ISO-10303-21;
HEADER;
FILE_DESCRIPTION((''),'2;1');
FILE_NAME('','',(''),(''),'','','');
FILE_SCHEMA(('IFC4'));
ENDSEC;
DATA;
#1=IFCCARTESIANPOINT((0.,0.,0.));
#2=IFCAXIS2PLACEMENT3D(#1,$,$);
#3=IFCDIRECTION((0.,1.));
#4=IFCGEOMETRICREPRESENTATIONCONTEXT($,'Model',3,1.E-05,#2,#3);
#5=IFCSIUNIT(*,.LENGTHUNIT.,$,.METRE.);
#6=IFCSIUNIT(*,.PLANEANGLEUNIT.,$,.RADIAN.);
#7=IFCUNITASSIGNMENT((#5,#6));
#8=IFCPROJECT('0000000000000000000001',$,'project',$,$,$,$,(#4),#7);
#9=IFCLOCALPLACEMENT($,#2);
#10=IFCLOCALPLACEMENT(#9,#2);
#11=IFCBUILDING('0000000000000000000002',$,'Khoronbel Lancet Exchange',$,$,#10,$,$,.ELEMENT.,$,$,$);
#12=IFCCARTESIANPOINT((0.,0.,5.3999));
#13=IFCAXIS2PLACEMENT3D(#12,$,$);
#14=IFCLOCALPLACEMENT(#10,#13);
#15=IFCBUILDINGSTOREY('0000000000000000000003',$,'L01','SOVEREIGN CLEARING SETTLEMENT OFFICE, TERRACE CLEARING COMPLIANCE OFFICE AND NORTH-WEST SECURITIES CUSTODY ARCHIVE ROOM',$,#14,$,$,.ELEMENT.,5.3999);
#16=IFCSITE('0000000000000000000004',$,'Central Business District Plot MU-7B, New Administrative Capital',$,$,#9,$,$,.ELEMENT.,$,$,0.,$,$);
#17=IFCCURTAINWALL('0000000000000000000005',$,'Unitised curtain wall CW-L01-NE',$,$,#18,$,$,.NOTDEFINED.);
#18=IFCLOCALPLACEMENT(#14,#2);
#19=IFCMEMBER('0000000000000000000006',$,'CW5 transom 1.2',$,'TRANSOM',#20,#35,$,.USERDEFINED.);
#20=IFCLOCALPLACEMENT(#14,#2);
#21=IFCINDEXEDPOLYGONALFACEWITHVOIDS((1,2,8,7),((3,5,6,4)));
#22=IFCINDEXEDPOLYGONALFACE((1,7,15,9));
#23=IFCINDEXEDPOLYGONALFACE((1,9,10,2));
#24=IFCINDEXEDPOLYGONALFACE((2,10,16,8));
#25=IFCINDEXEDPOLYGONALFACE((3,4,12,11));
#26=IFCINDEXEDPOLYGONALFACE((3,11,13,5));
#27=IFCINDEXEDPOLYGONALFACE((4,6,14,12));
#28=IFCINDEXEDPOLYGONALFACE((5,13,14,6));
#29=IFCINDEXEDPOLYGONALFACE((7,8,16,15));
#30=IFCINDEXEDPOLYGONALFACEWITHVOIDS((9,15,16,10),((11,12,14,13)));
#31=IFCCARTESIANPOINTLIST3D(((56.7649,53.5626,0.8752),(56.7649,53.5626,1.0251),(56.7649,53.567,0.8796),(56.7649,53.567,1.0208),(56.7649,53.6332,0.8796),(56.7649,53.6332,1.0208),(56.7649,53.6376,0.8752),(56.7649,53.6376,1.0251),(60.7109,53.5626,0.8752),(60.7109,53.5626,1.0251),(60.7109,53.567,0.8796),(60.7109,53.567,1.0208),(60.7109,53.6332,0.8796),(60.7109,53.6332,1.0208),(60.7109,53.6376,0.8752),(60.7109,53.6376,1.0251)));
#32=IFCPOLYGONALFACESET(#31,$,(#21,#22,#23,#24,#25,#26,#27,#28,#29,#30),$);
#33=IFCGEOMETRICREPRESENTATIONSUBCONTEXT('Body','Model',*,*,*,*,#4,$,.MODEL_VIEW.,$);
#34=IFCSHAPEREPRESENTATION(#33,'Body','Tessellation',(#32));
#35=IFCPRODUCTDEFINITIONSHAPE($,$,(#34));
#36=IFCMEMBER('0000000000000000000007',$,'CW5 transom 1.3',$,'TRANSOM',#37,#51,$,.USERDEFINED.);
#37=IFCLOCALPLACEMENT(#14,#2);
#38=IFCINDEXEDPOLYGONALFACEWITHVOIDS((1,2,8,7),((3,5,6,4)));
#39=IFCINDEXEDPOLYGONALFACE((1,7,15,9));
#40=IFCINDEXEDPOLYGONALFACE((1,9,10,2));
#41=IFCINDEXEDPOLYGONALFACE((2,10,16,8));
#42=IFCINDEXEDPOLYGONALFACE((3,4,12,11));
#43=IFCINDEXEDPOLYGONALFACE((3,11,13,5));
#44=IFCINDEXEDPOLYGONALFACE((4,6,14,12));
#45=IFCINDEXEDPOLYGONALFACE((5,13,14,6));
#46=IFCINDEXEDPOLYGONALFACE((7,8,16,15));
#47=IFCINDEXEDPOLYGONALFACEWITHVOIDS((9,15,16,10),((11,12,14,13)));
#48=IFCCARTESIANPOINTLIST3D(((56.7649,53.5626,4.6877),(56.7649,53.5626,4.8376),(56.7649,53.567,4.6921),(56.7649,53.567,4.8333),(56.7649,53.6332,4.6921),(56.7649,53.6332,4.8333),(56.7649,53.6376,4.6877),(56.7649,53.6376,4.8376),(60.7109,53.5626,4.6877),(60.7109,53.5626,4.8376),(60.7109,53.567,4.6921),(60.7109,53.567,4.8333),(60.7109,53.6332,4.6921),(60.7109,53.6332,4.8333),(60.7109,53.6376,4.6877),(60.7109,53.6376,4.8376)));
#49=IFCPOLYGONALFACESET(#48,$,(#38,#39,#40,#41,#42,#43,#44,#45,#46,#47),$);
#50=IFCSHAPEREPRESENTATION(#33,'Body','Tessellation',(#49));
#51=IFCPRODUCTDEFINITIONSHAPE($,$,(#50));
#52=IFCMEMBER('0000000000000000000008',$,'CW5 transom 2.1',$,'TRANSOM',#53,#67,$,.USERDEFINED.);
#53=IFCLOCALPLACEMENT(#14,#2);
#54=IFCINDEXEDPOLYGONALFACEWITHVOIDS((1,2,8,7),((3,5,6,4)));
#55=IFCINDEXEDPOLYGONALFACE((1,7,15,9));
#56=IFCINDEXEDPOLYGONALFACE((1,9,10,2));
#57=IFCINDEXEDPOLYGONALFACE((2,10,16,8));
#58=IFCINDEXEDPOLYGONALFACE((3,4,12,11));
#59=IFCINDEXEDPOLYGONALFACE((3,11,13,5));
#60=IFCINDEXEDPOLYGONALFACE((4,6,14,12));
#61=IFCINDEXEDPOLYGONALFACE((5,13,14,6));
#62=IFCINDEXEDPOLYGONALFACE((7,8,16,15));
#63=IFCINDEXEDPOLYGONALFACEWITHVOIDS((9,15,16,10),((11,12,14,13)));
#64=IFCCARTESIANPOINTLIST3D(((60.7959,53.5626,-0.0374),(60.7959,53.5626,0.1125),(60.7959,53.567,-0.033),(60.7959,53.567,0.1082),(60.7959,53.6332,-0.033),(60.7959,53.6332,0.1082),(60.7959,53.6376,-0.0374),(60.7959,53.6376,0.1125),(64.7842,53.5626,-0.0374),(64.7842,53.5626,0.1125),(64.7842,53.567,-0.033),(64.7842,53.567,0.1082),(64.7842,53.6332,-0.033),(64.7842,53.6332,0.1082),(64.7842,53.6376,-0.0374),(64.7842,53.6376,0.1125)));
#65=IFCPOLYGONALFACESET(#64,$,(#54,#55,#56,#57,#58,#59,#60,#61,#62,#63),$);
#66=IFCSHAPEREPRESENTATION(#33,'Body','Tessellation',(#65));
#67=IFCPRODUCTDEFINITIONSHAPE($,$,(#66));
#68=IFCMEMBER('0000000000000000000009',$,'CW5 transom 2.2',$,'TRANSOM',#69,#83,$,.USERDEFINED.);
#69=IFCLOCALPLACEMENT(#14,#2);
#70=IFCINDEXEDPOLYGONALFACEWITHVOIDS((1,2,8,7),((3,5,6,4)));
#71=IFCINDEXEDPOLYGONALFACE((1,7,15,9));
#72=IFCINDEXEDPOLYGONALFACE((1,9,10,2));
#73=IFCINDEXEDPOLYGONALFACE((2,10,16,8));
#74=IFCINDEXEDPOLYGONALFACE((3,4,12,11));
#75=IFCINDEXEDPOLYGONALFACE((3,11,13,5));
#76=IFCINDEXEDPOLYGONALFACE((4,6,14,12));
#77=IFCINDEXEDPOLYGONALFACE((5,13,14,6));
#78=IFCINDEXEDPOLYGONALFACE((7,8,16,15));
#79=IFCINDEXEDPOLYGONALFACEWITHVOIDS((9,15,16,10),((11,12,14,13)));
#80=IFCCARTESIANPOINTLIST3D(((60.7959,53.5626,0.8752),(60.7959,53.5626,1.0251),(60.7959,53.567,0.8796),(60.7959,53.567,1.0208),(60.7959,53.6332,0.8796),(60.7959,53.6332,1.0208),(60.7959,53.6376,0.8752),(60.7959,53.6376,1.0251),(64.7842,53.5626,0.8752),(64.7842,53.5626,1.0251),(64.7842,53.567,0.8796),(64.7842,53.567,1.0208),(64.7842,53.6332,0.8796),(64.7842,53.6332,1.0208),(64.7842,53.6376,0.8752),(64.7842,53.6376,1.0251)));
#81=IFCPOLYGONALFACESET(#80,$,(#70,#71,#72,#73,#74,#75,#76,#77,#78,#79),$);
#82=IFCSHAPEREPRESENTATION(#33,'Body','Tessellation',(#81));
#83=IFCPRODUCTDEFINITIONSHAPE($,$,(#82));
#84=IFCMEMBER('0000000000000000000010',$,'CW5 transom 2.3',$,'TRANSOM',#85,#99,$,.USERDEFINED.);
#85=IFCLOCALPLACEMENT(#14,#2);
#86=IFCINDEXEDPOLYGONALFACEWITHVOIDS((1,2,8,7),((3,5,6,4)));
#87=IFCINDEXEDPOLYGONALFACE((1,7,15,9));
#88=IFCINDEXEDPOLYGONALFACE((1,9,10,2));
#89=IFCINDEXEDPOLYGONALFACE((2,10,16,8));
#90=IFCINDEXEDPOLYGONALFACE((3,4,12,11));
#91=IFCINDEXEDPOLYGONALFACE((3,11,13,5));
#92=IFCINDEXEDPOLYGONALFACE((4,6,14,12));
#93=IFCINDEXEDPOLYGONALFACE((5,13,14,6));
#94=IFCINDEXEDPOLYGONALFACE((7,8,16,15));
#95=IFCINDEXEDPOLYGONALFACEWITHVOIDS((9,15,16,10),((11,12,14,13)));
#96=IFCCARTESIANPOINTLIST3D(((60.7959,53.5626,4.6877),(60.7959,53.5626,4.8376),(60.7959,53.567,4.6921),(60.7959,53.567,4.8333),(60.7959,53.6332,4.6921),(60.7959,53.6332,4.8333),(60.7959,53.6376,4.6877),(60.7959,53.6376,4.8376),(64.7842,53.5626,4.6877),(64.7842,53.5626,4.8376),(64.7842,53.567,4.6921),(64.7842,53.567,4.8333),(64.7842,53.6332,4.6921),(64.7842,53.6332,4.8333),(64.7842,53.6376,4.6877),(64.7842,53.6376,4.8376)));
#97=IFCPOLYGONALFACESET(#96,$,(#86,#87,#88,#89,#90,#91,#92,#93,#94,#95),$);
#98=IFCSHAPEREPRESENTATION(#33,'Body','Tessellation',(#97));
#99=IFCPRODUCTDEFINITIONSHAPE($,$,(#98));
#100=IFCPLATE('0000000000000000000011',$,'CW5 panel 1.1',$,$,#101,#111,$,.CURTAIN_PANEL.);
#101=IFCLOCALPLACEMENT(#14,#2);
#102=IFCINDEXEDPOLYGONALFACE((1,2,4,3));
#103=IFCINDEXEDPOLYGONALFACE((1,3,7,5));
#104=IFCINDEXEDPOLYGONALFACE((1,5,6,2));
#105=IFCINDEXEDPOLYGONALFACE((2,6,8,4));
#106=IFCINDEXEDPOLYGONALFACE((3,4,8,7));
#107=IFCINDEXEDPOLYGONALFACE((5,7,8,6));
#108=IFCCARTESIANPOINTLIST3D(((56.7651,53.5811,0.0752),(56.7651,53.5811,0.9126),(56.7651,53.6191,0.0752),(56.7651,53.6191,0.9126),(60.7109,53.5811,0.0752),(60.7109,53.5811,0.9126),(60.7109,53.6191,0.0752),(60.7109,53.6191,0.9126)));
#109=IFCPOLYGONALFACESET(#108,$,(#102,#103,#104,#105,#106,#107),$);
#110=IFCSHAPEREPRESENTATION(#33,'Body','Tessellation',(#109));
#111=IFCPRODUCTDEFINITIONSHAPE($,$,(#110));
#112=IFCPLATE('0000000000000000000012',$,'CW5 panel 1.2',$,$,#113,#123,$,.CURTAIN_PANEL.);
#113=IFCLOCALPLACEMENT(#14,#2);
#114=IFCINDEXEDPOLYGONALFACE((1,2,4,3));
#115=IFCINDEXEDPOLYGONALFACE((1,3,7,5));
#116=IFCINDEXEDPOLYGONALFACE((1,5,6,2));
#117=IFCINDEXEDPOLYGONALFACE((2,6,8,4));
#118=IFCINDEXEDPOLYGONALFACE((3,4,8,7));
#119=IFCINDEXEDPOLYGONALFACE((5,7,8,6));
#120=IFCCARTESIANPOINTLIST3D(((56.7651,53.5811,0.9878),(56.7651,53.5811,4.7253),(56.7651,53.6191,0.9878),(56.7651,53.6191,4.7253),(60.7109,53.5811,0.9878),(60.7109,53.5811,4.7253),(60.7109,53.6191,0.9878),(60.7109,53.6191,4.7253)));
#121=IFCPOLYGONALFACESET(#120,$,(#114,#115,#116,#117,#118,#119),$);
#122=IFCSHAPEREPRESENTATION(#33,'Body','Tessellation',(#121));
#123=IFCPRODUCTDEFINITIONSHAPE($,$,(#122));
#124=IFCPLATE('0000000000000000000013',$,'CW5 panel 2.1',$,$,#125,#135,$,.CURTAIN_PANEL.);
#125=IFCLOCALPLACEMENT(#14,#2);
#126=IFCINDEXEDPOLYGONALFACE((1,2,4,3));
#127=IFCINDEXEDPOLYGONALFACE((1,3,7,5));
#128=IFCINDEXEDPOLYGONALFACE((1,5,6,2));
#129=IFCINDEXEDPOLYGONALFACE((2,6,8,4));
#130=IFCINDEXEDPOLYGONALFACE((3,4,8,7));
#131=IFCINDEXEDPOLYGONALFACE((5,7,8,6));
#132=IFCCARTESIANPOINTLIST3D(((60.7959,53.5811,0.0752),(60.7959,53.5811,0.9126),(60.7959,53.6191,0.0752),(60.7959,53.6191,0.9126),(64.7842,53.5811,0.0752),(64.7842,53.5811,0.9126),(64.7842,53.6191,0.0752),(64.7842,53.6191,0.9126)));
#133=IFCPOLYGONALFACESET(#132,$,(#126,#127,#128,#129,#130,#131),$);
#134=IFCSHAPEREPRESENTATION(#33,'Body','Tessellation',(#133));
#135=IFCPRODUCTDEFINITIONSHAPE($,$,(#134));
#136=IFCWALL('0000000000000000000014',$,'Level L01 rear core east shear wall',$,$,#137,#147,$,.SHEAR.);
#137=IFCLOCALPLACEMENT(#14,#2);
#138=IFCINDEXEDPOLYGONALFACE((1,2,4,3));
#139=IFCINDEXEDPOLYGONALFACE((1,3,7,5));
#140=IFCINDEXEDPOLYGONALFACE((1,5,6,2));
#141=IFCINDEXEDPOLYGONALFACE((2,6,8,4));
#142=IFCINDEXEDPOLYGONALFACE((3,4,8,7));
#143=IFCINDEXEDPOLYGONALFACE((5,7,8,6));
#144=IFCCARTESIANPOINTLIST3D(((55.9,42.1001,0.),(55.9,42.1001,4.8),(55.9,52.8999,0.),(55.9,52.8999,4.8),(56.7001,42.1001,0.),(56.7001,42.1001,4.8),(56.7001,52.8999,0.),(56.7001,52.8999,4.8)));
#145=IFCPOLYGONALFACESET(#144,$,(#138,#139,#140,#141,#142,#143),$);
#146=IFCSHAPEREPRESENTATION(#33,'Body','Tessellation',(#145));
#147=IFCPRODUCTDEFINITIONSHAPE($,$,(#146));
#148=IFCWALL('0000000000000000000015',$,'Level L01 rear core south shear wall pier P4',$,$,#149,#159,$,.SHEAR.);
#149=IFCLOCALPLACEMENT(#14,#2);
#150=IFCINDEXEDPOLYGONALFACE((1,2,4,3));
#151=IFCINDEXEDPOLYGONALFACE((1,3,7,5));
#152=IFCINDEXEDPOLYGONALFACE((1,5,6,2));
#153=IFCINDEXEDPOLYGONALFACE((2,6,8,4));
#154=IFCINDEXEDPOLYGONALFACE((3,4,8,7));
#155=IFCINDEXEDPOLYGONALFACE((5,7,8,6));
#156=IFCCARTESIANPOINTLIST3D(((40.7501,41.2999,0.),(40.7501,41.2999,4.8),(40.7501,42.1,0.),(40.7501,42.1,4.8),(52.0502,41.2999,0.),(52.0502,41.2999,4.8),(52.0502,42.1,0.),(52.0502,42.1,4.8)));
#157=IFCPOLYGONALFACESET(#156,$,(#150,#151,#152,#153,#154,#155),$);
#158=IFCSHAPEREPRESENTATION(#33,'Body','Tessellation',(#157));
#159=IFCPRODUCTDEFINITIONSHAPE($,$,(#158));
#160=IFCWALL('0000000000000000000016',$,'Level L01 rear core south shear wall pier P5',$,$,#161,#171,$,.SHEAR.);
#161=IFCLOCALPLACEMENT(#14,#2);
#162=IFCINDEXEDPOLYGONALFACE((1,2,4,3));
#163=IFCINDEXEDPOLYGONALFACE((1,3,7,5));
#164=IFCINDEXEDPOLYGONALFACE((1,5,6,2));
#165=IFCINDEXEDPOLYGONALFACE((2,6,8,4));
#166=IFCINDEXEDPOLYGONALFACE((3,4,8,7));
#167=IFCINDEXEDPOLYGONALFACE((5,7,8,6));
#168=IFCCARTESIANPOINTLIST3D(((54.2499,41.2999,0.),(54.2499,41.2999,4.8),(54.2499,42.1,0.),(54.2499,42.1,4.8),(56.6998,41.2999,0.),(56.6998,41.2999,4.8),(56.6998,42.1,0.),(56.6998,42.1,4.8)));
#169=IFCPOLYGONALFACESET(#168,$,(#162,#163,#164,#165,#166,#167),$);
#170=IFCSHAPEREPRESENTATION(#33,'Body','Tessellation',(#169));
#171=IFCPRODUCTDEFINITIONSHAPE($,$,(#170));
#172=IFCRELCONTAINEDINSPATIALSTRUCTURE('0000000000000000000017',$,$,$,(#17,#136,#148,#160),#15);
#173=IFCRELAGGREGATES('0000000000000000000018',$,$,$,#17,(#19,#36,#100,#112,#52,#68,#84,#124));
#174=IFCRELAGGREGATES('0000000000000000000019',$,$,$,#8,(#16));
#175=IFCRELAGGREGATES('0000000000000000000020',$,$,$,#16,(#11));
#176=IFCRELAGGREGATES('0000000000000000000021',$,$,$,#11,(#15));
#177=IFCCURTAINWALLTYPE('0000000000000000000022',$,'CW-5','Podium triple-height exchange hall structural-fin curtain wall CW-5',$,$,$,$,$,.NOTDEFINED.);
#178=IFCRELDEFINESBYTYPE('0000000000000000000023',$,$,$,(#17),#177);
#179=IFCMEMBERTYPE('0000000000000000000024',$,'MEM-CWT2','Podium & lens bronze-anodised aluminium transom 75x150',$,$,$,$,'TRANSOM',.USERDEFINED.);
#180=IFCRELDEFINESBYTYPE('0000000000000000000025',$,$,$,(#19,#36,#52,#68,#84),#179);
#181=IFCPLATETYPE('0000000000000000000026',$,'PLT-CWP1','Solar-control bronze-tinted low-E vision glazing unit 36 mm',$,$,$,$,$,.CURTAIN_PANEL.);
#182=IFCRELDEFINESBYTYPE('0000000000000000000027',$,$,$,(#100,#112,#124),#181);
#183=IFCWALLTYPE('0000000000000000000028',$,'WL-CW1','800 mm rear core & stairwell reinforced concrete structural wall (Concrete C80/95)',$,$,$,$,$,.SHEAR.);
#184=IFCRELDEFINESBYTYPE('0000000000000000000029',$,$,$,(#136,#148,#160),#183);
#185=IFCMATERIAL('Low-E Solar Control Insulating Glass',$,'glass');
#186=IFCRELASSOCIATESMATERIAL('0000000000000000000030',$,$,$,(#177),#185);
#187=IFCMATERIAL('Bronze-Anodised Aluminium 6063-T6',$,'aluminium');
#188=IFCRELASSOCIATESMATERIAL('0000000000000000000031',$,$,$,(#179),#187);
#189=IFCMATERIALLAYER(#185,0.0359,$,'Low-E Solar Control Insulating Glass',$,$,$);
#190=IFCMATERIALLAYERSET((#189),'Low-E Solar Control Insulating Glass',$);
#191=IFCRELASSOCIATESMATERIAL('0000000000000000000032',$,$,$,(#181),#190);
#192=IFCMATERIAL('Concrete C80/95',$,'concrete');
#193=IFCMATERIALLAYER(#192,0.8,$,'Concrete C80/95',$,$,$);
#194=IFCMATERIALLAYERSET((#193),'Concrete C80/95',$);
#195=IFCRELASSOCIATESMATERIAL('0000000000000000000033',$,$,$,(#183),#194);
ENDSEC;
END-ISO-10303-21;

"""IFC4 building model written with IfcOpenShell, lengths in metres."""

from ifc_helpers import new_model, si_unit, direction, frame, frame_2d, origin, origin_2d, place, context, subcontext, project, spatial, rectangle, hollow_rectangle, extrude, material, layer, layer_set, material_profile, profile_set, type_object, element, aggregate, save


model = new_model("IFC4")

# Units and contexts
model_context = context("Model", 3, precision=1e-05, world=origin(), true_north=direction((0.0, 1.0)))
body_context = subcontext(model_context, "Body", "Model", "MODEL_VIEW")
ifc_project = project(units=[si_unit("LENGTHUNIT", "METRE"), si_unit("PLANEANGLEUNIT", "RADIAN")], contexts=[model_context])

# Site, building, storey
site_placement = place(None, origin())
site = spatial("IfcSite", under=ifc_project, at=site_placement, Name="Central Business District Plot MU-7B, New Administrative Capital", CompositionType="ELEMENT", RefElevation=0.0)
building_placement = place(site_placement, origin())
building = spatial("IfcBuilding", under=site, at=building_placement, Name="Khoronbel Lancet Exchange", CompositionType="ELEMENT")
storey_placement = place(building_placement, frame((0.0, 0.0, 5.3999)))
storey = spatial("IfcBuildingStorey", under=building, at=storey_placement, Name="L01", Description="SOVEREIGN CLEARING SETTLEMENT OFFICE, TERRACE CLEARING COMPLIANCE OFFICE AND NORTH-WEST SECURITIES CUSTODY ARCHIVE ROOM", CompositionType="ELEMENT", Elevation=5.3999)

# Shared definitions
ifc_material_1 = material(Name="Concrete C80/95", Category="concrete")

# Curtain wall, members, plates
ifc_material_2 = material(Name="Low-E Solar Control Insulating Glass", Category="glass")
curtain_wall_type = type_object("IfcCurtainWallType", Name="CW-5", Description="Podium triple-height exchange hall structural-fin curtain wall CW-5", PredefinedType="NOTDEFINED", material=ifc_material_2)
curtain_wall_placement = place(storey_placement, origin())
curtain_wall = element("IfcCurtainWall", 1, at=curtain_wall_placement, inside=storey, type_object=curtain_wall_type, Name="Unitised curtain wall CW-L01-NE", PredefinedType="NOTDEFINED")
ifc_material_3 = material(Name="Bronze-Anodised Aluminium 6063-T6", Category="aluminium")
ifc_material_profile_1 = material_profile(ifc_material_3, hollow_rectangle(XDim=0.075, YDim=0.1499, WallThickness=0.0044, at=origin_2d()), Name="ALU TRANSOM 75x150")
ifc_profile_set_1 = profile_set([ifc_material_profile_1], Name="Bronze-Anodised Aluminium 6063-T6")
member_type_1 = type_object("IfcMemberType", Name="MEM-CWT2", Description="Podium & lens bronze-anodised aluminium transom 75x150", ElementType="TRANSOM", PredefinedType="USERDEFINED", material=ifc_profile_set_1)
member_1_placement = place(storey_placement, frame((56.7649, 53.6001, 0.9502), z_axis=(1.0, 0.0, 0.0), x_axis=(0.0, 1.0, 0.0)))
member_1 = element("IfcMember", 2, at=member_1_placement, type_object=member_type_1, Name="CW5 transom 1.2", ObjectType="TRANSOM", PredefinedType="USERDEFINED", context=body_context, shape_type="SweptSolid", body=[
    extrude(hollow_rectangle(XDim=0.075, YDim=0.1499, WallThickness=0.0044, at=origin_2d()), origin(), (0.0, 0.0, 1.0), 3.946),
])
member_2_placement = place(storey_placement, frame((56.7649, 53.6001, 4.7627), z_axis=(1.0, 0.0, 0.0), x_axis=(0.0, 1.0, 0.0)))
member_2 = element("IfcMember", 3, at=member_2_placement, type_object=member_type_1, Name="CW5 transom 1.3", ObjectType="TRANSOM", PredefinedType="USERDEFINED", context=body_context, shape_type="SweptSolid", body=[
    extrude(hollow_rectangle(XDim=0.075, YDim=0.1499, WallThickness=0.0044, at=origin_2d()), origin(), (0.0, 0.0, 1.0), 3.946),
])
member_3_placement = place(storey_placement, frame((60.7959, 53.6001, 0.0376), z_axis=(1.0, 0.0, 0.0), x_axis=(0.0, 1.0, 0.0)))
member_3 = element("IfcMember", 4, at=member_3_placement, type_object=member_type_1, Name="CW5 transom 2.1", ObjectType="TRANSOM", PredefinedType="USERDEFINED", context=body_context, shape_type="SweptSolid", body=[
    extrude(hollow_rectangle(XDim=0.075, YDim=0.1499, WallThickness=0.0044, at=origin_2d()), origin(), (0.0, 0.0, 1.0), 3.9883),
])
member_4_placement = place(storey_placement, frame((60.7959, 53.6001, 0.9502), z_axis=(1.0, 0.0, 0.0), x_axis=(0.0, 1.0, 0.0)))
member_4 = element("IfcMember", 5, at=member_4_placement, type_object=member_type_1, Name="CW5 transom 2.2", ObjectType="TRANSOM", PredefinedType="USERDEFINED", context=body_context, shape_type="SweptSolid", body=[
    extrude(hollow_rectangle(XDim=0.075, YDim=0.1499, WallThickness=0.0044, at=origin_2d()), origin(), (0.0, 0.0, 1.0), 3.9883),
])
member_5_placement = place(storey_placement, frame((60.7959, 53.6001, 4.7627), z_axis=(1.0, 0.0, 0.0), x_axis=(0.0, 1.0, 0.0)))
member_5 = element("IfcMember", 6, at=member_5_placement, type_object=member_type_1, Name="CW5 transom 2.3", ObjectType="TRANSOM", PredefinedType="USERDEFINED", context=body_context, shape_type="SweptSolid", body=[
    extrude(hollow_rectangle(XDim=0.075, YDim=0.1499, WallThickness=0.0044, at=origin_2d()), origin(), (0.0, 0.0, 1.0), 3.9883),
])
ifc_layer_1 = layer(ifc_material_2, 0.0359, Name="Low-E Solar Control Insulating Glass")
ifc_layer_set_1 = layer_set([ifc_layer_1], Name="Low-E Solar Control Insulating Glass")
plate_type = type_object("IfcPlateType", Name="PLT-CWP1", Description="Solar-control bronze-tinted low-E vision glazing unit 36 mm", PredefinedType="CURTAIN_PANEL", material=ifc_layer_set_1)
plate_1_placement = place(storey_placement, frame((58.738, 53.6001, 0.0752), z_axis=(0.0, 0.0, 1.0), x_axis=(1.0, 0.0, 0.0)))
plate_1 = element("IfcPlate", 7, at=plate_1_placement, type_object=plate_type, Name="CW5 panel 1.1", PredefinedType="CURTAIN_PANEL", context=body_context, shape_type="SweptSolid", body=[
    extrude(rectangle(XDim=3.9458, YDim=0.0381, at=origin_2d()), origin(), (0.0, 0.0, 1.0), 0.8374),
])
plate_2_placement = place(storey_placement, frame((58.738, 53.6001, 0.9878), z_axis=(0.0, 0.0, 1.0), x_axis=(1.0, 0.0, 0.0)))
plate_2 = element("IfcPlate", 8, at=plate_2_placement, type_object=plate_type, Name="CW5 panel 1.2", PredefinedType="CURTAIN_PANEL", context=body_context, shape_type="SweptSolid", body=[
    extrude(rectangle(XDim=3.9458, YDim=0.0381, at=origin_2d()), origin(), (0.0, 0.0, 1.0), 3.7375),
])
plate_3_placement = place(storey_placement, frame((62.79, 53.6001, 0.0752), z_axis=(0.0, 0.0, 1.0), x_axis=(1.0, 0.0, 0.0)))
plate_3 = element("IfcPlate", 9, at=plate_3_placement, type_object=plate_type, Name="CW5 panel 2.1", PredefinedType="CURTAIN_PANEL", context=body_context, shape_type="SweptSolid", body=[
    extrude(rectangle(XDim=3.9883, YDim=0.0381, at=origin_2d()), origin(), (0.0, 0.0, 1.0), 0.8374),
])
aggregate(curtain_wall, [member_1, member_2, plate_1, plate_2, member_3, member_4, member_5, plate_3])

# Walls
ifc_layer_2 = layer(ifc_material_1, 0.8, Name="Concrete C80/95")
ifc_layer_set_2 = layer_set([ifc_layer_2], Name="Concrete C80/95")
wall_type_1 = type_object("IfcWallType", Name="WL-CW1", Description="800 mm rear core & stairwell reinforced concrete structural wall (Concrete C80/95)", PredefinedType="SHEAR", material=ifc_layer_set_2)
wall_1_placement = place(storey_placement, frame((56.3, 52.8999, 0.0), z_axis=(0.0, 0.0, 1.0), x_axis=(0.0, -1.0, 0.0)))
element("IfcWall", 10, at=wall_1_placement, inside=storey, type_object=wall_type_1, Name="Level L01 rear core east shear wall", PredefinedType="SHEAR", context=body_context, shape_type="SweptSolid", body=[
    extrude(rectangle(XDim=10.7998, YDim=0.8, at=frame_2d((5.3999, 0.0))), origin(), (0.0, 0.0, 1.0), 4.8),
])
wall_2_placement = place(storey_placement, frame((52.05, 41.7, 0.0), z_axis=(0.0, 0.0, 1.0), x_axis=(-1.0, 0.0, 0.0)))
element("IfcWall", 11, at=wall_2_placement, inside=storey, type_object=wall_type_1, Name="Level L01 rear core south shear wall pier P4", PredefinedType="SHEAR", context=body_context, shape_type="SweptSolid", body=[
    extrude(rectangle(XDim=11.3, YDim=0.8, at=frame_2d((5.6499, 0.0))), origin(), (0.0, 0.0, 1.0), 4.8),
])
wall_3_placement = place(storey_placement, frame((56.7, 41.7, 0.0), z_axis=(0.0, 0.0, 1.0), x_axis=(-1.0, 0.0, 0.0)))
element("IfcWall", 12, at=wall_3_placement, inside=storey, type_object=wall_type_1, Name="Level L01 rear core south shear wall pier P5", PredefinedType="SHEAR", context=body_context, shape_type="SweptSolid", body=[
    extrude(rectangle(XDim=2.45, YDim=0.8, at=frame_2d((1.2251, 0.0))), origin(), (0.0, 0.0, 1.0), 4.8),
])

save(model, "model.ifc")
